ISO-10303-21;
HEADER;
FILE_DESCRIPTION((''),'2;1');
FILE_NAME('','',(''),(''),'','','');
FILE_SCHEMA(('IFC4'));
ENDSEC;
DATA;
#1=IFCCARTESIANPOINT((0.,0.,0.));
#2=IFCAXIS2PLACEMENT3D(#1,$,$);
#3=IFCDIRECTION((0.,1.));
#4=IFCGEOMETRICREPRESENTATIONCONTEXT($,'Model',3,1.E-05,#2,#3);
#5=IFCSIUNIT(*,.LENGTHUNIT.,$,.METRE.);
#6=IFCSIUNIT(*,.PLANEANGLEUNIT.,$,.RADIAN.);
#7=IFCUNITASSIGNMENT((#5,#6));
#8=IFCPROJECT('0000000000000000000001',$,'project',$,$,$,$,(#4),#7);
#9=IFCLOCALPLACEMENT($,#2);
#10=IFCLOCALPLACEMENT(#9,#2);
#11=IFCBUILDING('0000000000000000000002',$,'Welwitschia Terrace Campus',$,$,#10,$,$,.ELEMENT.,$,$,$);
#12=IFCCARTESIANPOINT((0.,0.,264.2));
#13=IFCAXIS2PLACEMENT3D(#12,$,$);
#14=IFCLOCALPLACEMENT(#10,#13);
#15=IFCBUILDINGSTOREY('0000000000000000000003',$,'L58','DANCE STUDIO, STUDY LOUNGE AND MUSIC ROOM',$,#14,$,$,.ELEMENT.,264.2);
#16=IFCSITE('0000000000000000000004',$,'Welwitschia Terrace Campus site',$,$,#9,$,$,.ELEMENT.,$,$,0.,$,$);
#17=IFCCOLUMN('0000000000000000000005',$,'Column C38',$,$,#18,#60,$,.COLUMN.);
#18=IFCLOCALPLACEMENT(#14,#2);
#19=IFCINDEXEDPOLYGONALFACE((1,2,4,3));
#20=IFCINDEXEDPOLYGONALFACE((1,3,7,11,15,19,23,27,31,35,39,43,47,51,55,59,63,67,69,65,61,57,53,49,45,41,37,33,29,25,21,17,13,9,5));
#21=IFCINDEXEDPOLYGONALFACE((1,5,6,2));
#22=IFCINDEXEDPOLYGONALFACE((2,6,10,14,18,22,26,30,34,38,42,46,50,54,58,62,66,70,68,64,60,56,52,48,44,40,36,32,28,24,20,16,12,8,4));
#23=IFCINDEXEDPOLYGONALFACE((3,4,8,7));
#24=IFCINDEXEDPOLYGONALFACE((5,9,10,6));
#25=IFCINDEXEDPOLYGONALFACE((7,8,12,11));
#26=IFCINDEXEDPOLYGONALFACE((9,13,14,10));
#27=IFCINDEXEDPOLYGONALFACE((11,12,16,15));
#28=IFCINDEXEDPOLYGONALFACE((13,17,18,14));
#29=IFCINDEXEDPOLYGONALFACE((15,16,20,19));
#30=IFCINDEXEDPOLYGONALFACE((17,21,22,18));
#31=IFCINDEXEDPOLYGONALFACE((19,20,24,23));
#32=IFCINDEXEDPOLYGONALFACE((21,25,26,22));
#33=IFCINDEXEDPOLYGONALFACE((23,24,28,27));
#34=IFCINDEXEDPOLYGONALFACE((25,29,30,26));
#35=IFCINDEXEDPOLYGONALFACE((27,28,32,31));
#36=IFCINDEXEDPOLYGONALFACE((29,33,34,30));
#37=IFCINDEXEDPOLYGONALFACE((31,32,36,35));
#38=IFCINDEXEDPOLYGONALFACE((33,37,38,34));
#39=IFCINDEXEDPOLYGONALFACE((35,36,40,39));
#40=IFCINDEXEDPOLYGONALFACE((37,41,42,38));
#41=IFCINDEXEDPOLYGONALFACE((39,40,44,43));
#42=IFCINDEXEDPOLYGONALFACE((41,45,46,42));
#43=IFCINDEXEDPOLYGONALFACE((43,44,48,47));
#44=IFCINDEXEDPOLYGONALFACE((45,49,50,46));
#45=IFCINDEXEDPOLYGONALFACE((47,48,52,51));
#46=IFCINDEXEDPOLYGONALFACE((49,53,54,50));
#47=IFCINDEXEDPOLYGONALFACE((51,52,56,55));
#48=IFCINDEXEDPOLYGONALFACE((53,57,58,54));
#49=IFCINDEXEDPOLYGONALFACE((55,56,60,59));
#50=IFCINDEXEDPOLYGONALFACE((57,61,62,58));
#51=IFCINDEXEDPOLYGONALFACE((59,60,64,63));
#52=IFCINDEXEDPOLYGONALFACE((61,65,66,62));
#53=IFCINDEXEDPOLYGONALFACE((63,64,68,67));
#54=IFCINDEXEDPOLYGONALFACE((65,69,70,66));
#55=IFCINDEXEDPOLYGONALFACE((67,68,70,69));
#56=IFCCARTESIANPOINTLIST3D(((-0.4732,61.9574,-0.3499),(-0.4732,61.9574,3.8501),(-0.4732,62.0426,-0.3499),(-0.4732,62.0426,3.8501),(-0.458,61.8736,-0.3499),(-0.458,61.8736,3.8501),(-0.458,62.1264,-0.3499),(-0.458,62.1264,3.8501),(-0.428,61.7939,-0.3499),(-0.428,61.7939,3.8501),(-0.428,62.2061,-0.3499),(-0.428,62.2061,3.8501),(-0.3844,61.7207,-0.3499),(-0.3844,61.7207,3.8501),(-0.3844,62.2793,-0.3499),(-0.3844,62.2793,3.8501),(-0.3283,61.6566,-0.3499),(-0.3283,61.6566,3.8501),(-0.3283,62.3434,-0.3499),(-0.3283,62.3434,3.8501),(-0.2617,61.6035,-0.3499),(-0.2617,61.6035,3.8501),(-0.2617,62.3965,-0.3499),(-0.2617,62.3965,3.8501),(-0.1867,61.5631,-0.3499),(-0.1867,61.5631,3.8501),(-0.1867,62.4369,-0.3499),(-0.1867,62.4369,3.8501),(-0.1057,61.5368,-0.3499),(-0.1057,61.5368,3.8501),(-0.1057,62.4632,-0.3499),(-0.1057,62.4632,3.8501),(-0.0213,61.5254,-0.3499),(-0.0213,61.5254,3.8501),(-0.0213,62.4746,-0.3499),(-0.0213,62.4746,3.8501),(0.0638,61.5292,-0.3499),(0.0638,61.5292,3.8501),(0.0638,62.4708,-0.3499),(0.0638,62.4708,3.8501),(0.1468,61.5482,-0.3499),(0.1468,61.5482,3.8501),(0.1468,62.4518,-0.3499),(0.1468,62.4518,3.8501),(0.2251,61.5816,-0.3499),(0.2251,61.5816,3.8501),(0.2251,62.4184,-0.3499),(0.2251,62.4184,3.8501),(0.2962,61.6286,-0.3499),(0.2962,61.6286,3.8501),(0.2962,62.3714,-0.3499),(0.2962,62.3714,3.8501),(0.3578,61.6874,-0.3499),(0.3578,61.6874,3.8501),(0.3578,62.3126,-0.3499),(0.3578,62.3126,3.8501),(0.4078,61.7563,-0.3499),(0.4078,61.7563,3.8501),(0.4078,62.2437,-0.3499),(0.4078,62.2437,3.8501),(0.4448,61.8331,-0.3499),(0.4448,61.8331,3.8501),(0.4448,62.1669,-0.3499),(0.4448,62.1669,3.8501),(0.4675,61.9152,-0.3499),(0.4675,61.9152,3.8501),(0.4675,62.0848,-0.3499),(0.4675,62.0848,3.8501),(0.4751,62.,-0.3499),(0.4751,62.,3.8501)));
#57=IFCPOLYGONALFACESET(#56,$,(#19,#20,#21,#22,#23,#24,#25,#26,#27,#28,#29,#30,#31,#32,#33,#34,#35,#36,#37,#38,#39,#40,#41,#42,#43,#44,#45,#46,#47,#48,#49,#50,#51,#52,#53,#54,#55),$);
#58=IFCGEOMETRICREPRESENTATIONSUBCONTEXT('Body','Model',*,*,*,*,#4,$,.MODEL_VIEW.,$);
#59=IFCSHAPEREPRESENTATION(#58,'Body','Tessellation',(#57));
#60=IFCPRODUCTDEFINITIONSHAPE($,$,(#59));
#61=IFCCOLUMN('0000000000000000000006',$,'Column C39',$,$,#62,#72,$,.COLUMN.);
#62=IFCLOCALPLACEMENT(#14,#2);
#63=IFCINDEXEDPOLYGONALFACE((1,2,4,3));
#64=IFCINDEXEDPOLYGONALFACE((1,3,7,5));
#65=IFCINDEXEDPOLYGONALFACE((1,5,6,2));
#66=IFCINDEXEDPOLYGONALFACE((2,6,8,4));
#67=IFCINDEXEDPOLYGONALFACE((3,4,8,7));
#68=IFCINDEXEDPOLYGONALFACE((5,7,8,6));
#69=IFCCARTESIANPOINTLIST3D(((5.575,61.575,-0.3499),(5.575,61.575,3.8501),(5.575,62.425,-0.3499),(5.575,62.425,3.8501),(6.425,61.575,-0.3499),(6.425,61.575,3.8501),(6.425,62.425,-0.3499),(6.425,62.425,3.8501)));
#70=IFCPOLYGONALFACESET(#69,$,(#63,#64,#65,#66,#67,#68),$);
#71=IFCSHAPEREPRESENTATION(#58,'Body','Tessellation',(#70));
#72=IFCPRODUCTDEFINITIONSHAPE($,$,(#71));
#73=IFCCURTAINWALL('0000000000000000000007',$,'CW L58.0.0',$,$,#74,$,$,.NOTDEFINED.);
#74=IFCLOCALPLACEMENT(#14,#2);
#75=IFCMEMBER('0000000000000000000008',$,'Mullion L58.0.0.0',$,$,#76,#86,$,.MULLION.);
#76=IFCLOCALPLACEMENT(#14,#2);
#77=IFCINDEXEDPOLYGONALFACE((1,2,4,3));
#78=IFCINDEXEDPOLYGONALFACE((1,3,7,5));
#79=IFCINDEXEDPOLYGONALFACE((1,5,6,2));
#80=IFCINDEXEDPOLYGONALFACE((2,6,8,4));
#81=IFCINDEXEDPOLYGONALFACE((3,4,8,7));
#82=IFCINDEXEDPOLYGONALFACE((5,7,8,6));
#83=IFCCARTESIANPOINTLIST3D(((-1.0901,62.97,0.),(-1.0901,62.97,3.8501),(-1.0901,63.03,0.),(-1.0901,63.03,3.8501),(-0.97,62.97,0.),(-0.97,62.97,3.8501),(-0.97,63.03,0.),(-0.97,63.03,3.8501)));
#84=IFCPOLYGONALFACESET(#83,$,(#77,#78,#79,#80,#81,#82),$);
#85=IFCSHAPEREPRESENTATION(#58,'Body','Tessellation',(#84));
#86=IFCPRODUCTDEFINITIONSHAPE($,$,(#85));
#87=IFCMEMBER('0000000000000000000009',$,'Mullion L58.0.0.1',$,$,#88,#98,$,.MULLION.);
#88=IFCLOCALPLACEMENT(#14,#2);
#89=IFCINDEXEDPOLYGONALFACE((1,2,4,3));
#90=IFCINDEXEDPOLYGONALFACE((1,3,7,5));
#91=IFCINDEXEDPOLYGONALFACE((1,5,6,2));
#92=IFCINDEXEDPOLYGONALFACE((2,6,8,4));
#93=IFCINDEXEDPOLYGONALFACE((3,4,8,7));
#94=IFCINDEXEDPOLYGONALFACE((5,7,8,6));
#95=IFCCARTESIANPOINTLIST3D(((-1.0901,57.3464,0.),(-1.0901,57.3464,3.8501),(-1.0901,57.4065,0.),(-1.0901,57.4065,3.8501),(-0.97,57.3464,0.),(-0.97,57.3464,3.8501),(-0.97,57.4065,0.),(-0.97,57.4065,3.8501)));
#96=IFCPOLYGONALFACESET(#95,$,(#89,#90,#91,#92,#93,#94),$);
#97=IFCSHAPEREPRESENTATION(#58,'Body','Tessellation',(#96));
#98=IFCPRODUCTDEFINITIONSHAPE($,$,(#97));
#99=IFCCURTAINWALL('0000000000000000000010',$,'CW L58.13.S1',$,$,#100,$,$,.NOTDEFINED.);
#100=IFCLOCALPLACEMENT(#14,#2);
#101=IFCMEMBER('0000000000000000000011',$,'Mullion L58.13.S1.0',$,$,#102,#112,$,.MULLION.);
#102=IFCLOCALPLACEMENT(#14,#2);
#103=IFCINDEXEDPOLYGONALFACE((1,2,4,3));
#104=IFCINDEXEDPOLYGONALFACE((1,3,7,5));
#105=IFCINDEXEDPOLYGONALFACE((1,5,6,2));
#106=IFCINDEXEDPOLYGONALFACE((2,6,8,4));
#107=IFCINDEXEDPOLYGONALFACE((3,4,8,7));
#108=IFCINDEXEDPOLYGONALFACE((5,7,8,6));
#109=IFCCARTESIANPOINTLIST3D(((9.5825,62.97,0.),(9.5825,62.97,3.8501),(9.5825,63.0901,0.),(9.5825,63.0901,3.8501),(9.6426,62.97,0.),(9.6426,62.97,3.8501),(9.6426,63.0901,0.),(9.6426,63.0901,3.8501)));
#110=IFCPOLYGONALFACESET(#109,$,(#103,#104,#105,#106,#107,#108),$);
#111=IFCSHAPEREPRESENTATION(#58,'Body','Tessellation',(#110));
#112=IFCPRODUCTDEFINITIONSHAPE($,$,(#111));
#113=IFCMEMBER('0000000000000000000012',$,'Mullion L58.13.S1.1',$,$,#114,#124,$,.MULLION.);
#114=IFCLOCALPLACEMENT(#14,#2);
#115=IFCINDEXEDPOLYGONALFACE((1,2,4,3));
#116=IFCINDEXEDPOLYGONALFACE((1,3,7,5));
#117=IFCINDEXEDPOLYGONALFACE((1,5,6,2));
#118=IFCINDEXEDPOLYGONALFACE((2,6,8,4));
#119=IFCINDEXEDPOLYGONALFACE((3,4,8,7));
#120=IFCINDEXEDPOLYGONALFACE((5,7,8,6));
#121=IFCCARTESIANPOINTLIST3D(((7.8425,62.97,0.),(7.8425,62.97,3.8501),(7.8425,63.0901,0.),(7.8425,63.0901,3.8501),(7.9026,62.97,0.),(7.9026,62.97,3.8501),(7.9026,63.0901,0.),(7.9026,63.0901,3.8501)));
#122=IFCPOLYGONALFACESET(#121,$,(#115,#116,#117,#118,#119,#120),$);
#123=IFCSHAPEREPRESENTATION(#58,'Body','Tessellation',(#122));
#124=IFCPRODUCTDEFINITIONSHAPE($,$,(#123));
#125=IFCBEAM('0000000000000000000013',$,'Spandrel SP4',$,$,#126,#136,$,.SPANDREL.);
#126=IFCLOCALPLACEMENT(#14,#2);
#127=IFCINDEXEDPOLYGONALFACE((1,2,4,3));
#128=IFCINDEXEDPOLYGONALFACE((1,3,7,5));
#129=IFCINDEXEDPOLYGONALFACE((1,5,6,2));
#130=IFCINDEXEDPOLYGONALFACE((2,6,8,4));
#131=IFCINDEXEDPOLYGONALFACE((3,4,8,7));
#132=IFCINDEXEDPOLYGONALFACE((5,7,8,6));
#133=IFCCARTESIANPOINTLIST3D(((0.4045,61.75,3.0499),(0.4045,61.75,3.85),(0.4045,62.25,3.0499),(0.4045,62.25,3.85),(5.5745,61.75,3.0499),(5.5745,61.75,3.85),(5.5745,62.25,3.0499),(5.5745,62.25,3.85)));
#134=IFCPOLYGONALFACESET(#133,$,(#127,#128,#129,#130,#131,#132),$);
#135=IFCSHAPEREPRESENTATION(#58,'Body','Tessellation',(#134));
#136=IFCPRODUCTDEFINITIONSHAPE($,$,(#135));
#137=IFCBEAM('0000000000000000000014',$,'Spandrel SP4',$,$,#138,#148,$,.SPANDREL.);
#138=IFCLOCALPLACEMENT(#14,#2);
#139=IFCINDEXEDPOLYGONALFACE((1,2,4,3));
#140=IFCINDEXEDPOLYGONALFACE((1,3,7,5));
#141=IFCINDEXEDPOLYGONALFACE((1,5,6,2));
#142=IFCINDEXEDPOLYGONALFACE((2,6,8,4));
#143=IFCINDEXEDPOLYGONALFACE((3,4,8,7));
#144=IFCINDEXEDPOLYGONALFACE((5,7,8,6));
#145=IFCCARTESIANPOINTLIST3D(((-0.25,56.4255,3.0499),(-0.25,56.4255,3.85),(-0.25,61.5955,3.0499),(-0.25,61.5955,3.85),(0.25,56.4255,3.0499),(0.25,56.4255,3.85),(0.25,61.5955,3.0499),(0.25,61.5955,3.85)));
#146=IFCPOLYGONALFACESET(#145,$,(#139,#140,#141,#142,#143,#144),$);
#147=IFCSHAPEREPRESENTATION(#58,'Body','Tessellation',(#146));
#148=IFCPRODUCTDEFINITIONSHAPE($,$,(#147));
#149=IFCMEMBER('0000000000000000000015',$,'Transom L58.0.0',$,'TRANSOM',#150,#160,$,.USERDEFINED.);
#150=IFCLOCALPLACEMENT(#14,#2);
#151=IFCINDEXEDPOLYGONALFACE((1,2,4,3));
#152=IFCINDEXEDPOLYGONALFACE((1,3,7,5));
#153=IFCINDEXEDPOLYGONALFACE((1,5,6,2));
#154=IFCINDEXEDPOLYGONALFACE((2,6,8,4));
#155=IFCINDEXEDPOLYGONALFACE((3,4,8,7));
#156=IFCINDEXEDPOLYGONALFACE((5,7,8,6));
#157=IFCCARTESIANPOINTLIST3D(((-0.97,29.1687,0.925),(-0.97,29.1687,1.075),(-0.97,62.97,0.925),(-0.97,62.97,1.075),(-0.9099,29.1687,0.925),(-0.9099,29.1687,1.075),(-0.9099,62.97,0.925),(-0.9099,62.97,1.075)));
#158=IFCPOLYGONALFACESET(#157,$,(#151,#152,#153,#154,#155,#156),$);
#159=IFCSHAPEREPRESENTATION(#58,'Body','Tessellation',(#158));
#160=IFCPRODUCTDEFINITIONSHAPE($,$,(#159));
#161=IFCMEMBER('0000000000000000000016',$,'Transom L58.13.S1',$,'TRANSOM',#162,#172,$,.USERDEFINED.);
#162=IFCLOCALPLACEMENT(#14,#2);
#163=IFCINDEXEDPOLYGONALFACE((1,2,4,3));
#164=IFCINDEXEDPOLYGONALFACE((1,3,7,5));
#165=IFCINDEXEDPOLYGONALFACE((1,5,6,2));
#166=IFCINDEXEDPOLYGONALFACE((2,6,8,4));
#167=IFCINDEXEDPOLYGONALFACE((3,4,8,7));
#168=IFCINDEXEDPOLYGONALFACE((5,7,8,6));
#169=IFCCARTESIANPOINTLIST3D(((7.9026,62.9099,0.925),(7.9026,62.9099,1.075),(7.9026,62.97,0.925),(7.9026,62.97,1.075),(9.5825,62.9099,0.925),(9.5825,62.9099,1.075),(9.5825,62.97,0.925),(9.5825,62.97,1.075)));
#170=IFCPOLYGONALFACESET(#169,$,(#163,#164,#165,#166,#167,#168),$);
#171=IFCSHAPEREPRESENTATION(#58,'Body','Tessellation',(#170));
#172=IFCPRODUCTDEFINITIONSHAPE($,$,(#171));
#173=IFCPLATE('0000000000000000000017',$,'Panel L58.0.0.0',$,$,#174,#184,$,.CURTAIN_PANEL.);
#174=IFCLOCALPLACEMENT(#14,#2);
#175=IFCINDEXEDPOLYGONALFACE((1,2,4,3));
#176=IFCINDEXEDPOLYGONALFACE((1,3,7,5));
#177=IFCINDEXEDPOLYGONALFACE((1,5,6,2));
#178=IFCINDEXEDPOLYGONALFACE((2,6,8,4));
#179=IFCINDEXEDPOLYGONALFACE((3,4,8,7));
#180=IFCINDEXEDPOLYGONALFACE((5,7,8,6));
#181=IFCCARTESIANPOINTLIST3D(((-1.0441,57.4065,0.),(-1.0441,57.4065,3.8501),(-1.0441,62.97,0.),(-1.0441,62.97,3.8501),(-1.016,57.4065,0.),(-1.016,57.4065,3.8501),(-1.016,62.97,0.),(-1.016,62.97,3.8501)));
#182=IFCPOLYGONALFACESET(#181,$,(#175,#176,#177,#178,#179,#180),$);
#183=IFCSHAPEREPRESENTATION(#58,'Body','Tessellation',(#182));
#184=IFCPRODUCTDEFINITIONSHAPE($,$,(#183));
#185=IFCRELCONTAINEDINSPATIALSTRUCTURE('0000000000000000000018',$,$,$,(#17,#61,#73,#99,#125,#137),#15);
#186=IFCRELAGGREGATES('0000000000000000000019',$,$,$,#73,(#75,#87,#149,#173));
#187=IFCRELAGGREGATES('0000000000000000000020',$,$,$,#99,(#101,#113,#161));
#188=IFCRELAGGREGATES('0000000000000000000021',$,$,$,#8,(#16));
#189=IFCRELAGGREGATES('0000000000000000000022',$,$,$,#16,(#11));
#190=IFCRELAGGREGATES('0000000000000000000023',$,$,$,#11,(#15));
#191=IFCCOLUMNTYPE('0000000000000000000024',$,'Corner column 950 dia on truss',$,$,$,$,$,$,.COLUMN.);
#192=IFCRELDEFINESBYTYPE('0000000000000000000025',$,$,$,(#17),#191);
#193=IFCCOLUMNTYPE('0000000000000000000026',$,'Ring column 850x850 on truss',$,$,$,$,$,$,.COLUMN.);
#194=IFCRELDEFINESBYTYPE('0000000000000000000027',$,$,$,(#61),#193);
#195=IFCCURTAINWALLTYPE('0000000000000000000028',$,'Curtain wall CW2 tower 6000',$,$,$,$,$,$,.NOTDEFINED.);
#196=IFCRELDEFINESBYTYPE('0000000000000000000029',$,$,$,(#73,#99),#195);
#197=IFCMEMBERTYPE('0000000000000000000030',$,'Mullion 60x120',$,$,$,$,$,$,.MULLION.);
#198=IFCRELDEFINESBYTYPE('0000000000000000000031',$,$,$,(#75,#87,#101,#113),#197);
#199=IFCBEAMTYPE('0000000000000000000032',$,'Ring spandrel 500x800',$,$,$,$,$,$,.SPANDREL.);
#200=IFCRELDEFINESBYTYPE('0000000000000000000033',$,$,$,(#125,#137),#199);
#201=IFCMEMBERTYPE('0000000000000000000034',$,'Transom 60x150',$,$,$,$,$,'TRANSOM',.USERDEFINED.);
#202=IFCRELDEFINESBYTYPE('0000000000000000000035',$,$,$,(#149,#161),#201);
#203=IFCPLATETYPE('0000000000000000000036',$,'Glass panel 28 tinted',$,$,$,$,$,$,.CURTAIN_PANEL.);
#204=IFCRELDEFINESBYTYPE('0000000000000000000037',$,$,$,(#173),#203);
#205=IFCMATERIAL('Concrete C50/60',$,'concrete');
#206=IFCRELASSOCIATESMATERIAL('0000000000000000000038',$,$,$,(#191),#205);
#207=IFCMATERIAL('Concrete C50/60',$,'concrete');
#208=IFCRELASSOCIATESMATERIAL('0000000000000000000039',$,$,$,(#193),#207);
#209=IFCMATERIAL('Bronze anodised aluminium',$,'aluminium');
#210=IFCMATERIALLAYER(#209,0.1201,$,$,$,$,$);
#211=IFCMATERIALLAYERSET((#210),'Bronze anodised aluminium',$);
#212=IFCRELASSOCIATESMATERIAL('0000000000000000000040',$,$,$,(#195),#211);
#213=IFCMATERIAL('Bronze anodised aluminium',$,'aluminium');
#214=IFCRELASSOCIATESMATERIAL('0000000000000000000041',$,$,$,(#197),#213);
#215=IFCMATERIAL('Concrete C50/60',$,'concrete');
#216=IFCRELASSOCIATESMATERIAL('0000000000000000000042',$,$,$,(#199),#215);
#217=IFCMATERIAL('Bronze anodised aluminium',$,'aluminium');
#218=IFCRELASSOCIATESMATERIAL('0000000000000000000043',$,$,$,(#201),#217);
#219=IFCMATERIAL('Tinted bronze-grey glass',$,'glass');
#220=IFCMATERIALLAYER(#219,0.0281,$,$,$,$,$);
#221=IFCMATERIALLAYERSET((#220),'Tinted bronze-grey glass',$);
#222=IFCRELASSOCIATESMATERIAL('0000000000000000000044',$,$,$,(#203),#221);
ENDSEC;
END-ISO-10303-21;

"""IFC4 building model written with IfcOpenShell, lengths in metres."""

from ifc_helpers import new_model, si_unit, direction, frame, origin, origin_2d, place, context, subcontext, project, spatial, rectangle, circle, extrude, material, layer, layer_set, material_profile, profile_set, type_object, element, aggregate, save


model = new_model("IFC4")

# Units and contexts
model_context = context("Model", 3, precision=1e-05, world=origin(), true_north=direction((0.0, 1.0)))
body_context = subcontext(model_context, "Body", "Model", "MODEL_VIEW")
ifc_project = project(units=[si_unit("LENGTHUNIT", "METRE"), si_unit("PLANEANGLEUNIT", "RADIAN")], contexts=[model_context])

# Site, building, storey
site_placement = place(None, origin())
site = spatial("IfcSite", under=ifc_project, at=site_placement, Name="Welwitschia Terrace Campus site", CompositionType="ELEMENT", RefElevation=0.0)
building_placement = place(site_placement, origin())
building = spatial("IfcBuilding", under=site, at=building_placement, Name="Welwitschia Terrace Campus", CompositionType="ELEMENT")
storey_placement = place(building_placement, frame((0.0, 0.0, 264.2)))
storey = spatial("IfcBuildingStorey", under=building, at=storey_placement, Name="L58", Description="DANCE STUDIO, STUDY LOUNGE AND MUSIC ROOM", CompositionType="ELEMENT", Elevation=264.2)

# Columns
ifc_material_1 = material(Name="Concrete C50/60", Category="concrete")
ifc_material_profile_1 = material_profile(ifc_material_1, circle(Radius=0.4751, at=origin_2d()))
ifc_profile_set_1 = profile_set([ifc_material_profile_1], Name="Concrete C50/60")
column_type_1 = type_object("IfcColumnType", Name="Corner column 950 dia on truss", PredefinedType="COLUMN", material=ifc_profile_set_1)
column_1_placement = place(storey_placement, frame((0.0, 62.0, -0.3499), z_axis=(0.0, 0.0, 1.0), x_axis=(1.0, 0.0, 0.0)))
element("IfcColumn", 1, at=column_1_placement, inside=storey, type_object=column_type_1, Name="Column C38", PredefinedType="COLUMN", context=body_context, shape_type="SweptSolid", body=[
    extrude(circle(Radius=0.4751, at=origin_2d()), origin(), (0.0, 0.0, 1.0), 4.2),
])
ifc_material_2 = material(Name="Concrete C50/60", Category="concrete")
ifc_material_profile_2 = material_profile(ifc_material_2, rectangle(XDim=0.8501, YDim=0.8501, at=origin_2d()))
ifc_profile_set_2 = profile_set([ifc_material_profile_2], Name="Concrete C50/60")
column_type_2 = type_object("IfcColumnType", Name="Ring column 850x850 on truss", PredefinedType="COLUMN", material=ifc_profile_set_2)
column_2_placement = place(storey_placement, frame((6.0, 62.0, -0.3499), z_axis=(0.0, 0.0, 1.0), x_axis=(1.0, 0.0, 0.0)))
element("IfcColumn", 2, at=column_2_placement, inside=storey, type_object=column_type_2, Name="Column C39", PredefinedType="COLUMN", context=body_context, shape_type="SweptSolid", body=[
    extrude(rectangle(XDim=0.8501, YDim=0.8501, at=origin_2d()), origin(), (0.0, 0.0, 1.0), 4.2),
])

# Curtain walls, members
ifc_material_3 = material(Name="Bronze anodised aluminium", Category="aluminium")
ifc_layer_1 = layer(ifc_material_3, 0.1201)
ifc_layer_set_1 = layer_set([ifc_layer_1], Name="Bronze anodised aluminium")
curtain_wall_type = type_object("IfcCurtainWallType", Name="Curtain wall CW2 tower 6000", PredefinedType="NOTDEFINED", material=ifc_layer_set_1)
curtain_wall_1_placement = place(storey_placement, origin())
curtain_wall_1 = element("IfcCurtainWall", 3, at=curtain_wall_1_placement, inside=storey, type_object=curtain_wall_type, Name="CW L58.0.0", PredefinedType="NOTDEFINED")
ifc_material_4 = material(Name="Bronze anodised aluminium", Category="aluminium")
ifc_material_profile_3 = material_profile(ifc_material_4, rectangle(XDim=0.1201, YDim=0.0601, at=origin_2d()))
ifc_profile_set_3 = profile_set([ifc_material_profile_3], Name="Bronze anodised aluminium")
member_type_1 = type_object("IfcMemberType", Name="Mullion 60x120", PredefinedType="MULLION", material=ifc_profile_set_3)
member_1_placement = place(storey_placement, frame((-1.03, 63.0, 0.0), z_axis=(0.0, 0.0, 1.0), x_axis=(1.0, 0.0, 0.0)))
member_1 = element("IfcMember", 4, at=member_1_placement, type_object=member_type_1, Name="Mullion L58.0.0.0", PredefinedType="MULLION", context=body_context, shape_type="SweptSolid", body=[
    extrude(rectangle(XDim=0.1201, YDim=0.0601, at=origin_2d()), origin(), (0.0, 0.0, 1.0), 3.8501),
])
member_2_placement = place(storey_placement, frame((-1.03, 57.3765, 0.0), z_axis=(0.0, 0.0, 1.0), x_axis=(1.0, 0.0, 0.0)))
member_2 = element("IfcMember", 5, at=member_2_placement, type_object=member_type_1, Name="Mullion L58.0.0.1", PredefinedType="MULLION", context=body_context, shape_type="SweptSolid", body=[
    extrude(rectangle(XDim=0.1201, YDim=0.0601, at=origin_2d()), origin(), (0.0, 0.0, 1.0), 3.8501),
])
curtain_wall_2_placement = place(storey_placement, origin())
curtain_wall_2 = element("IfcCurtainWall", 6, at=curtain_wall_2_placement, inside=storey, type_object=curtain_wall_type, Name="CW L58.13.S1", PredefinedType="NOTDEFINED")
member_3_placement = place(storey_placement, frame((9.6125, 63.03, 0.0), z_axis=(0.0, 0.0, 1.0), x_axis=(0.0, -1.0, 0.0)))
member_3 = element("IfcMember", 7, at=member_3_placement, type_object=member_type_1, Name="Mullion L58.13.S1.0", PredefinedType="MULLION", context=body_context, shape_type="SweptSolid", body=[
    extrude(rectangle(XDim=0.1201, YDim=0.0601, at=origin_2d()), origin(), (0.0, 0.0, 1.0), 3.8501),
])
member_4_placement = place(storey_placement, frame((7.8726, 63.03, 0.0), z_axis=(0.0, 0.0, 1.0), x_axis=(0.0, -1.0, 0.0)))
member_4 = element("IfcMember", 8, at=member_4_placement, type_object=member_type_1, Name="Mullion L58.13.S1.1", PredefinedType="MULLION", context=body_context, shape_type="SweptSolid", body=[
    extrude(rectangle(XDim=0.1201, YDim=0.0601, at=origin_2d()), origin(), (0.0, 0.0, 1.0), 3.8501),
])

# Beams
ifc_material_5 = material(Name="Concrete C50/60", Category="concrete")
ifc_material_profile_4 = material_profile(ifc_material_5, rectangle(XDim=0.5, YDim=0.8, at=origin_2d()))
ifc_profile_set_4 = profile_set([ifc_material_profile_4], Name="Concrete C50/60")
beam_type = type_object("IfcBeamType", Name="Ring spandrel 500x800", PredefinedType="SPANDREL", material=ifc_profile_set_4)
for number, where, z_axis, x_axis, name in (
    (9, (5.5745, 62.0, 3.45), (-1.0, 0.0, 0.0), (0.0, -1.0, 0.0), "Spandrel SP4"),
    (10, (0.0, 61.5955, 3.45), (0.0, -1.0, 0.0), (1.0, 0.0, 0.0), "Spandrel SP4"),
):
    element("IfcBeam", number, at=place(storey_placement, frame(where, z_axis=z_axis, x_axis=x_axis)), inside=storey, type_object=beam_type, Name=name, PredefinedType="SPANDREL", context=body_context, shape_type="SweptSolid", body=[
        extrude(rectangle(XDim=0.5, YDim=0.8, at=origin_2d()), origin(), (0.0, 0.0, 1.0), 5.1699),
    ])

# Members
ifc_material_6 = material(Name="Bronze anodised aluminium", Category="aluminium")
ifc_material_profile_5 = material_profile(ifc_material_6, rectangle(XDim=0.0601, YDim=0.1499, at=origin_2d()))
ifc_profile_set_5 = profile_set([ifc_material_profile_5], Name="Bronze anodised aluminium")
member_type_2 = type_object("IfcMemberType", Name="Transom 60x150", ElementType="TRANSOM", PredefinedType="USERDEFINED", material=ifc_profile_set_5)
member_5_placement = place(storey_placement, frame((-0.9399, 62.97, 1.0), z_axis=(0.0, -1.0, 0.0), x_axis=(1.0, 0.0, 0.0)))
member_5 = element("IfcMember", 11, at=member_5_placement, type_object=member_type_2, Name="Transom L58.0.0", ObjectType="TRANSOM", PredefinedType="USERDEFINED", context=body_context, shape_type="SweptSolid", body=[
    extrude(rectangle(XDim=0.0601, YDim=0.1499, at=origin_2d()), origin(), (0.0, 0.0, 1.0), 33.8013),
])
member_6_placement = place(storey_placement, frame((9.5825, 62.9399, 1.0), z_axis=(-1.0, 0.0, 0.0), x_axis=(0.0, -1.0, 0.0)))
member_6 = element("IfcMember", 12, at=member_6_placement, type_object=member_type_2, Name="Transom L58.13.S1", ObjectType="TRANSOM", PredefinedType="USERDEFINED", context=body_context, shape_type="SweptSolid", body=[
    extrude(rectangle(XDim=0.0601, YDim=0.1499, at=origin_2d()), origin(), (0.0, 0.0, 1.0), 1.6799),
])

# Plate
ifc_material_7 = material(Name="Tinted bronze-grey glass", Category="glass")
ifc_layer_2 = layer(ifc_material_7, 0.0281)
ifc_layer_set_2 = layer_set([ifc_layer_2], Name="Tinted bronze-grey glass")
plate_type = type_object("IfcPlateType", Name="Glass panel 28 tinted", PredefinedType="CURTAIN_PANEL", material=ifc_layer_set_2)
plate_1_placement = place(storey_placement, frame((-1.03, 60.1882, 0.0), z_axis=(0.0, 0.0, 1.0), x_axis=(0.0, -1.0, 0.0)))
plate_1 = element("IfcPlate", 13, at=plate_1_placement, type_object=plate_type, Name="Panel L58.0.0.0", PredefinedType="CURTAIN_PANEL", context=body_context, shape_type="SweptSolid", body=[
    extrude(rectangle(XDim=5.5635, YDim=0.0281, at=origin_2d()), origin(), (0.0, 0.0, 1.0), 3.8501),
])
aggregate(curtain_wall_1, [member_1, member_2, member_5, plate_1])
aggregate(curtain_wall_2, [member_3, member_4, member_6])

save(model, "model.ifc")
